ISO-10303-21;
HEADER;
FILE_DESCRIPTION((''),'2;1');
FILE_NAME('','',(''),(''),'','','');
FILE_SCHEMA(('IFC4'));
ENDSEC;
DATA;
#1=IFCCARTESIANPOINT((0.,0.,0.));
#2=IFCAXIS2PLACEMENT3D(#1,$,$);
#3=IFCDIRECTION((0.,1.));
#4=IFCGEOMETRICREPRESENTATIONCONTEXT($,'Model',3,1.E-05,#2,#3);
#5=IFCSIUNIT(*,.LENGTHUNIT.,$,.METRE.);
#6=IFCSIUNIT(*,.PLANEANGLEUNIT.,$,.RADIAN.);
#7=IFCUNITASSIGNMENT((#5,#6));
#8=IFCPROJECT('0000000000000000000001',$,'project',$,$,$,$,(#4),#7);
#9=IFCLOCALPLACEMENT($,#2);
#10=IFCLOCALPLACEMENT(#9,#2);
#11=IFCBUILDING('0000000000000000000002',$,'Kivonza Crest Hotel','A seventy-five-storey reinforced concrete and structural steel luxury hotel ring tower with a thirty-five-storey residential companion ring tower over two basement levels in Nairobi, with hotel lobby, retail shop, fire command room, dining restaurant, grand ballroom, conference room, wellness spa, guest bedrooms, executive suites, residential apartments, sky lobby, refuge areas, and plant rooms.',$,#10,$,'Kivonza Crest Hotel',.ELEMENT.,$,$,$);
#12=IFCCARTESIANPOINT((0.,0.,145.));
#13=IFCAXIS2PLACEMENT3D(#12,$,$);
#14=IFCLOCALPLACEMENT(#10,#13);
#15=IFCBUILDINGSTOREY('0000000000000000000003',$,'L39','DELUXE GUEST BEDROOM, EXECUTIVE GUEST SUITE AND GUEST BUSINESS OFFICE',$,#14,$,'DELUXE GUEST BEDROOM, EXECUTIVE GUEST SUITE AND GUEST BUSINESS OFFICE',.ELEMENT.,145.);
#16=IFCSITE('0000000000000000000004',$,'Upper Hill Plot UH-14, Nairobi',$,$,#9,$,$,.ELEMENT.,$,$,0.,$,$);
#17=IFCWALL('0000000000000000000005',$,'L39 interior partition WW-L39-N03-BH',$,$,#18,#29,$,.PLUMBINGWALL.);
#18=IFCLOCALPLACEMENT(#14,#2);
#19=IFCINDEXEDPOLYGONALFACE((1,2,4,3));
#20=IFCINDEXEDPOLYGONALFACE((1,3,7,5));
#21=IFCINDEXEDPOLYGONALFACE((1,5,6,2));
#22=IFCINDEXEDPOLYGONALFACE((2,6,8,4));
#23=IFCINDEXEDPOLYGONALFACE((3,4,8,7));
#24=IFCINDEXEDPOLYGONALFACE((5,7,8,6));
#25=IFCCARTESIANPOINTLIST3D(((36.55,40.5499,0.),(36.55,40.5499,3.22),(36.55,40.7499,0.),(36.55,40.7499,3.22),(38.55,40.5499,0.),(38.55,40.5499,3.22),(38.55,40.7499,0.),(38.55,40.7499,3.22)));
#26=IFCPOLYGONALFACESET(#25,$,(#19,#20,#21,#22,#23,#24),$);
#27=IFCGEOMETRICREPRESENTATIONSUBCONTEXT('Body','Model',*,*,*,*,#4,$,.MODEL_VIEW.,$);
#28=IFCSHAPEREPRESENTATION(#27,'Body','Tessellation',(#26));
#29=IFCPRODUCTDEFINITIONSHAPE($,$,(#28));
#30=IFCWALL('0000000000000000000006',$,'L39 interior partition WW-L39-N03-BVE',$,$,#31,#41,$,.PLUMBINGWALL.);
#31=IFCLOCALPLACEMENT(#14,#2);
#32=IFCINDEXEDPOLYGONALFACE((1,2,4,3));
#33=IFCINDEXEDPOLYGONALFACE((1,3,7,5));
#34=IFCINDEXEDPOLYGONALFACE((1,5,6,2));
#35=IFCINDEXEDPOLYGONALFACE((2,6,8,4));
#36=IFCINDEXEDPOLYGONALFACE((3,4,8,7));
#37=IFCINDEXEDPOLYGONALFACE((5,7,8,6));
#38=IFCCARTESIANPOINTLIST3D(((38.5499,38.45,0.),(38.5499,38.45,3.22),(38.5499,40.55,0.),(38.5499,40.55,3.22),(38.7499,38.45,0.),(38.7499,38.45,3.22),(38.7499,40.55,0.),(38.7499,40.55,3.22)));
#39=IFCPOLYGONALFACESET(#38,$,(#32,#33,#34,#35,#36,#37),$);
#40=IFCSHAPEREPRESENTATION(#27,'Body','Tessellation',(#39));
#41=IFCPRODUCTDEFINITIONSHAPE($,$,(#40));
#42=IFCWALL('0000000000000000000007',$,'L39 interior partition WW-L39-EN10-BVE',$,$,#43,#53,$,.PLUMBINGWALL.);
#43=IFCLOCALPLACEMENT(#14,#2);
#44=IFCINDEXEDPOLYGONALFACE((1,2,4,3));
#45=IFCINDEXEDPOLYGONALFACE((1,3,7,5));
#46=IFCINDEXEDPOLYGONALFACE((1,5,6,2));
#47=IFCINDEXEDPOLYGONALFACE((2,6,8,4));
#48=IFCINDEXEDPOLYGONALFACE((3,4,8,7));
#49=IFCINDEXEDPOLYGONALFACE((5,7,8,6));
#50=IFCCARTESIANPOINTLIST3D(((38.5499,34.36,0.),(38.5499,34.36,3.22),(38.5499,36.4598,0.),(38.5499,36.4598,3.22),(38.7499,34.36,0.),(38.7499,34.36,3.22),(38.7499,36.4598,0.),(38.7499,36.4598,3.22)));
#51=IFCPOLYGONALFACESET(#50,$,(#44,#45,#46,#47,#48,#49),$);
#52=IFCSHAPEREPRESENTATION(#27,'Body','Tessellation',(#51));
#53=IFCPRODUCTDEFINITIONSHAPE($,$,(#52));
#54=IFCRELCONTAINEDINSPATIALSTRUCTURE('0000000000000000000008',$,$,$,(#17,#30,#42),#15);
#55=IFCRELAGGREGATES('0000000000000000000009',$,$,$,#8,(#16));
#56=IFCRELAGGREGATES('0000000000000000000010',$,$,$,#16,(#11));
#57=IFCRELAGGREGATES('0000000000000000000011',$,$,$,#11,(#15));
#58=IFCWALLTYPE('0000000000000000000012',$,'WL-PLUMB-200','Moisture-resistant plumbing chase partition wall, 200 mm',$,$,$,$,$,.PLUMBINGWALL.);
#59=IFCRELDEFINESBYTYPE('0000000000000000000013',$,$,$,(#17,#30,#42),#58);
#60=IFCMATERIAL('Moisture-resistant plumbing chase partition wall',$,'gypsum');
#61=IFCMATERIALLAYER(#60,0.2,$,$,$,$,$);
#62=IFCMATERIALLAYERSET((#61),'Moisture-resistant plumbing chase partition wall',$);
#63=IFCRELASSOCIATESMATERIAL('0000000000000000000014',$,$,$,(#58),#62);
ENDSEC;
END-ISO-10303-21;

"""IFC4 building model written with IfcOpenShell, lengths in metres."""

from ifc_helpers import new_model, si_unit, direction, frame, frame_2d, origin, place, context, subcontext, project, spatial, rectangle, extrude, material, layer, layer_set, type_object, element, save


model = new_model("IFC4")

# Units and contexts
model_context = context("Model", 3, precision=1e-05, world=origin(), true_north=direction((0.0, 1.0)))
body_context = subcontext(model_context, "Body", "Model", "MODEL_VIEW")
ifc_project = project(units=[si_unit("LENGTHUNIT", "METRE"), si_unit("PLANEANGLEUNIT", "RADIAN")], contexts=[model_context])

# Site, building, storey
site_placement = place(None, origin())
site = spatial("IfcSite", under=ifc_project, at=site_placement, Name="Upper Hill Plot UH-14, Nairobi", CompositionType="ELEMENT", RefElevation=0.0)
building_placement = place(site_placement, origin())
building = spatial("IfcBuilding", under=site, at=building_placement, Name="Kivonza Crest Hotel", Description="A seventy-five-storey reinforced concrete and structural steel luxury hotel ring tower with a thirty-five-storey residential companion ring tower over two basement levels in Nairobi, with hotel lobby, retail shop, fire command room, dining restaurant, grand ballroom, conference room, wellness spa, guest bedrooms, executive suites, residential apartments, sky lobby, refuge areas, and plant rooms.", LongName="Kivonza Crest Hotel", CompositionType="ELEMENT")
storey_placement = place(building_placement, frame((0.0, 0.0, 145.0)))
storey = spatial("IfcBuildingStorey", under=building, at=storey_placement, Name="L39", Description="DELUXE GUEST BEDROOM, EXECUTIVE GUEST SUITE AND GUEST BUSINESS OFFICE", LongName="DELUXE GUEST BEDROOM, EXECUTIVE GUEST SUITE AND GUEST BUSINESS OFFICE", CompositionType="ELEMENT", Elevation=145.0)

# Shared definitions
ifc_material_1 = material(Name="Moisture-resistant plumbing chase partition wall", Category="gypsum")
ifc_layer_1 = layer(ifc_material_1, 0.2)
ifc_layer_set_1 = layer_set([ifc_layer_1], Name="Moisture-resistant plumbing chase partition wall")
wall_type_1 = type_object("IfcWallType", Name="WL-PLUMB-200", Description="Moisture-resistant plumbing chase partition wall, 200 mm", PredefinedType="PLUMBINGWALL", material=ifc_layer_set_1)

# Walls
wall_1_placement = place(storey_placement, frame((36.55, 40.6499, 0.0), z_axis=(0.0, 0.0, 1.0), x_axis=(1.0, 0.0, 0.0)))
element("IfcWall", 1, at=wall_1_placement, inside=storey, type_object=wall_type_1, Name="L39 interior partition WW-L39-N03-BH", PredefinedType="PLUMBINGWALL", context=body_context, shape_type="SweptSolid", body=[
    extrude(rectangle(XDim=2.0, YDim=0.2, at=frame_2d((1.0, 0.0))), origin(), (0.0, 0.0, 1.0), 3.22),
])
wall_2_placement = place(storey_placement, frame((38.6499, 38.45, 0.0), z_axis=(0.0, 0.0, 1.0), x_axis=(0.0, 1.0, 0.0)))
element("IfcWall", 2, at=wall_2_placement, inside=storey, type_object=wall_type_1, Name="L39 interior partition WW-L39-N03-BVE", PredefinedType="PLUMBINGWALL", context=body_context, shape_type="SweptSolid", body=[
    extrude(rectangle(XDim=2.1001, YDim=0.2, at=frame_2d((1.05, 0.0))), origin(), (0.0, 0.0, 1.0), 3.22),
])
wall_3_placement = place(storey_placement, frame((38.6499, 34.3601, 0.0), z_axis=(0.0, 0.0, 1.0), x_axis=(0.0, 1.0, 0.0)))
element("IfcWall", 3, at=wall_3_placement, inside=storey, type_object=wall_type_1, Name="L39 interior partition WW-L39-EN10-BVE", PredefinedType="PLUMBINGWALL", context=body_context, shape_type="SweptSolid", body=[
    extrude(rectangle(XDim=2.0999, YDim=0.2, at=frame_2d((1.0498, 0.0))), origin(), (0.0, 0.0, 1.0), 3.22),
])

save(model, "model.ifc")
